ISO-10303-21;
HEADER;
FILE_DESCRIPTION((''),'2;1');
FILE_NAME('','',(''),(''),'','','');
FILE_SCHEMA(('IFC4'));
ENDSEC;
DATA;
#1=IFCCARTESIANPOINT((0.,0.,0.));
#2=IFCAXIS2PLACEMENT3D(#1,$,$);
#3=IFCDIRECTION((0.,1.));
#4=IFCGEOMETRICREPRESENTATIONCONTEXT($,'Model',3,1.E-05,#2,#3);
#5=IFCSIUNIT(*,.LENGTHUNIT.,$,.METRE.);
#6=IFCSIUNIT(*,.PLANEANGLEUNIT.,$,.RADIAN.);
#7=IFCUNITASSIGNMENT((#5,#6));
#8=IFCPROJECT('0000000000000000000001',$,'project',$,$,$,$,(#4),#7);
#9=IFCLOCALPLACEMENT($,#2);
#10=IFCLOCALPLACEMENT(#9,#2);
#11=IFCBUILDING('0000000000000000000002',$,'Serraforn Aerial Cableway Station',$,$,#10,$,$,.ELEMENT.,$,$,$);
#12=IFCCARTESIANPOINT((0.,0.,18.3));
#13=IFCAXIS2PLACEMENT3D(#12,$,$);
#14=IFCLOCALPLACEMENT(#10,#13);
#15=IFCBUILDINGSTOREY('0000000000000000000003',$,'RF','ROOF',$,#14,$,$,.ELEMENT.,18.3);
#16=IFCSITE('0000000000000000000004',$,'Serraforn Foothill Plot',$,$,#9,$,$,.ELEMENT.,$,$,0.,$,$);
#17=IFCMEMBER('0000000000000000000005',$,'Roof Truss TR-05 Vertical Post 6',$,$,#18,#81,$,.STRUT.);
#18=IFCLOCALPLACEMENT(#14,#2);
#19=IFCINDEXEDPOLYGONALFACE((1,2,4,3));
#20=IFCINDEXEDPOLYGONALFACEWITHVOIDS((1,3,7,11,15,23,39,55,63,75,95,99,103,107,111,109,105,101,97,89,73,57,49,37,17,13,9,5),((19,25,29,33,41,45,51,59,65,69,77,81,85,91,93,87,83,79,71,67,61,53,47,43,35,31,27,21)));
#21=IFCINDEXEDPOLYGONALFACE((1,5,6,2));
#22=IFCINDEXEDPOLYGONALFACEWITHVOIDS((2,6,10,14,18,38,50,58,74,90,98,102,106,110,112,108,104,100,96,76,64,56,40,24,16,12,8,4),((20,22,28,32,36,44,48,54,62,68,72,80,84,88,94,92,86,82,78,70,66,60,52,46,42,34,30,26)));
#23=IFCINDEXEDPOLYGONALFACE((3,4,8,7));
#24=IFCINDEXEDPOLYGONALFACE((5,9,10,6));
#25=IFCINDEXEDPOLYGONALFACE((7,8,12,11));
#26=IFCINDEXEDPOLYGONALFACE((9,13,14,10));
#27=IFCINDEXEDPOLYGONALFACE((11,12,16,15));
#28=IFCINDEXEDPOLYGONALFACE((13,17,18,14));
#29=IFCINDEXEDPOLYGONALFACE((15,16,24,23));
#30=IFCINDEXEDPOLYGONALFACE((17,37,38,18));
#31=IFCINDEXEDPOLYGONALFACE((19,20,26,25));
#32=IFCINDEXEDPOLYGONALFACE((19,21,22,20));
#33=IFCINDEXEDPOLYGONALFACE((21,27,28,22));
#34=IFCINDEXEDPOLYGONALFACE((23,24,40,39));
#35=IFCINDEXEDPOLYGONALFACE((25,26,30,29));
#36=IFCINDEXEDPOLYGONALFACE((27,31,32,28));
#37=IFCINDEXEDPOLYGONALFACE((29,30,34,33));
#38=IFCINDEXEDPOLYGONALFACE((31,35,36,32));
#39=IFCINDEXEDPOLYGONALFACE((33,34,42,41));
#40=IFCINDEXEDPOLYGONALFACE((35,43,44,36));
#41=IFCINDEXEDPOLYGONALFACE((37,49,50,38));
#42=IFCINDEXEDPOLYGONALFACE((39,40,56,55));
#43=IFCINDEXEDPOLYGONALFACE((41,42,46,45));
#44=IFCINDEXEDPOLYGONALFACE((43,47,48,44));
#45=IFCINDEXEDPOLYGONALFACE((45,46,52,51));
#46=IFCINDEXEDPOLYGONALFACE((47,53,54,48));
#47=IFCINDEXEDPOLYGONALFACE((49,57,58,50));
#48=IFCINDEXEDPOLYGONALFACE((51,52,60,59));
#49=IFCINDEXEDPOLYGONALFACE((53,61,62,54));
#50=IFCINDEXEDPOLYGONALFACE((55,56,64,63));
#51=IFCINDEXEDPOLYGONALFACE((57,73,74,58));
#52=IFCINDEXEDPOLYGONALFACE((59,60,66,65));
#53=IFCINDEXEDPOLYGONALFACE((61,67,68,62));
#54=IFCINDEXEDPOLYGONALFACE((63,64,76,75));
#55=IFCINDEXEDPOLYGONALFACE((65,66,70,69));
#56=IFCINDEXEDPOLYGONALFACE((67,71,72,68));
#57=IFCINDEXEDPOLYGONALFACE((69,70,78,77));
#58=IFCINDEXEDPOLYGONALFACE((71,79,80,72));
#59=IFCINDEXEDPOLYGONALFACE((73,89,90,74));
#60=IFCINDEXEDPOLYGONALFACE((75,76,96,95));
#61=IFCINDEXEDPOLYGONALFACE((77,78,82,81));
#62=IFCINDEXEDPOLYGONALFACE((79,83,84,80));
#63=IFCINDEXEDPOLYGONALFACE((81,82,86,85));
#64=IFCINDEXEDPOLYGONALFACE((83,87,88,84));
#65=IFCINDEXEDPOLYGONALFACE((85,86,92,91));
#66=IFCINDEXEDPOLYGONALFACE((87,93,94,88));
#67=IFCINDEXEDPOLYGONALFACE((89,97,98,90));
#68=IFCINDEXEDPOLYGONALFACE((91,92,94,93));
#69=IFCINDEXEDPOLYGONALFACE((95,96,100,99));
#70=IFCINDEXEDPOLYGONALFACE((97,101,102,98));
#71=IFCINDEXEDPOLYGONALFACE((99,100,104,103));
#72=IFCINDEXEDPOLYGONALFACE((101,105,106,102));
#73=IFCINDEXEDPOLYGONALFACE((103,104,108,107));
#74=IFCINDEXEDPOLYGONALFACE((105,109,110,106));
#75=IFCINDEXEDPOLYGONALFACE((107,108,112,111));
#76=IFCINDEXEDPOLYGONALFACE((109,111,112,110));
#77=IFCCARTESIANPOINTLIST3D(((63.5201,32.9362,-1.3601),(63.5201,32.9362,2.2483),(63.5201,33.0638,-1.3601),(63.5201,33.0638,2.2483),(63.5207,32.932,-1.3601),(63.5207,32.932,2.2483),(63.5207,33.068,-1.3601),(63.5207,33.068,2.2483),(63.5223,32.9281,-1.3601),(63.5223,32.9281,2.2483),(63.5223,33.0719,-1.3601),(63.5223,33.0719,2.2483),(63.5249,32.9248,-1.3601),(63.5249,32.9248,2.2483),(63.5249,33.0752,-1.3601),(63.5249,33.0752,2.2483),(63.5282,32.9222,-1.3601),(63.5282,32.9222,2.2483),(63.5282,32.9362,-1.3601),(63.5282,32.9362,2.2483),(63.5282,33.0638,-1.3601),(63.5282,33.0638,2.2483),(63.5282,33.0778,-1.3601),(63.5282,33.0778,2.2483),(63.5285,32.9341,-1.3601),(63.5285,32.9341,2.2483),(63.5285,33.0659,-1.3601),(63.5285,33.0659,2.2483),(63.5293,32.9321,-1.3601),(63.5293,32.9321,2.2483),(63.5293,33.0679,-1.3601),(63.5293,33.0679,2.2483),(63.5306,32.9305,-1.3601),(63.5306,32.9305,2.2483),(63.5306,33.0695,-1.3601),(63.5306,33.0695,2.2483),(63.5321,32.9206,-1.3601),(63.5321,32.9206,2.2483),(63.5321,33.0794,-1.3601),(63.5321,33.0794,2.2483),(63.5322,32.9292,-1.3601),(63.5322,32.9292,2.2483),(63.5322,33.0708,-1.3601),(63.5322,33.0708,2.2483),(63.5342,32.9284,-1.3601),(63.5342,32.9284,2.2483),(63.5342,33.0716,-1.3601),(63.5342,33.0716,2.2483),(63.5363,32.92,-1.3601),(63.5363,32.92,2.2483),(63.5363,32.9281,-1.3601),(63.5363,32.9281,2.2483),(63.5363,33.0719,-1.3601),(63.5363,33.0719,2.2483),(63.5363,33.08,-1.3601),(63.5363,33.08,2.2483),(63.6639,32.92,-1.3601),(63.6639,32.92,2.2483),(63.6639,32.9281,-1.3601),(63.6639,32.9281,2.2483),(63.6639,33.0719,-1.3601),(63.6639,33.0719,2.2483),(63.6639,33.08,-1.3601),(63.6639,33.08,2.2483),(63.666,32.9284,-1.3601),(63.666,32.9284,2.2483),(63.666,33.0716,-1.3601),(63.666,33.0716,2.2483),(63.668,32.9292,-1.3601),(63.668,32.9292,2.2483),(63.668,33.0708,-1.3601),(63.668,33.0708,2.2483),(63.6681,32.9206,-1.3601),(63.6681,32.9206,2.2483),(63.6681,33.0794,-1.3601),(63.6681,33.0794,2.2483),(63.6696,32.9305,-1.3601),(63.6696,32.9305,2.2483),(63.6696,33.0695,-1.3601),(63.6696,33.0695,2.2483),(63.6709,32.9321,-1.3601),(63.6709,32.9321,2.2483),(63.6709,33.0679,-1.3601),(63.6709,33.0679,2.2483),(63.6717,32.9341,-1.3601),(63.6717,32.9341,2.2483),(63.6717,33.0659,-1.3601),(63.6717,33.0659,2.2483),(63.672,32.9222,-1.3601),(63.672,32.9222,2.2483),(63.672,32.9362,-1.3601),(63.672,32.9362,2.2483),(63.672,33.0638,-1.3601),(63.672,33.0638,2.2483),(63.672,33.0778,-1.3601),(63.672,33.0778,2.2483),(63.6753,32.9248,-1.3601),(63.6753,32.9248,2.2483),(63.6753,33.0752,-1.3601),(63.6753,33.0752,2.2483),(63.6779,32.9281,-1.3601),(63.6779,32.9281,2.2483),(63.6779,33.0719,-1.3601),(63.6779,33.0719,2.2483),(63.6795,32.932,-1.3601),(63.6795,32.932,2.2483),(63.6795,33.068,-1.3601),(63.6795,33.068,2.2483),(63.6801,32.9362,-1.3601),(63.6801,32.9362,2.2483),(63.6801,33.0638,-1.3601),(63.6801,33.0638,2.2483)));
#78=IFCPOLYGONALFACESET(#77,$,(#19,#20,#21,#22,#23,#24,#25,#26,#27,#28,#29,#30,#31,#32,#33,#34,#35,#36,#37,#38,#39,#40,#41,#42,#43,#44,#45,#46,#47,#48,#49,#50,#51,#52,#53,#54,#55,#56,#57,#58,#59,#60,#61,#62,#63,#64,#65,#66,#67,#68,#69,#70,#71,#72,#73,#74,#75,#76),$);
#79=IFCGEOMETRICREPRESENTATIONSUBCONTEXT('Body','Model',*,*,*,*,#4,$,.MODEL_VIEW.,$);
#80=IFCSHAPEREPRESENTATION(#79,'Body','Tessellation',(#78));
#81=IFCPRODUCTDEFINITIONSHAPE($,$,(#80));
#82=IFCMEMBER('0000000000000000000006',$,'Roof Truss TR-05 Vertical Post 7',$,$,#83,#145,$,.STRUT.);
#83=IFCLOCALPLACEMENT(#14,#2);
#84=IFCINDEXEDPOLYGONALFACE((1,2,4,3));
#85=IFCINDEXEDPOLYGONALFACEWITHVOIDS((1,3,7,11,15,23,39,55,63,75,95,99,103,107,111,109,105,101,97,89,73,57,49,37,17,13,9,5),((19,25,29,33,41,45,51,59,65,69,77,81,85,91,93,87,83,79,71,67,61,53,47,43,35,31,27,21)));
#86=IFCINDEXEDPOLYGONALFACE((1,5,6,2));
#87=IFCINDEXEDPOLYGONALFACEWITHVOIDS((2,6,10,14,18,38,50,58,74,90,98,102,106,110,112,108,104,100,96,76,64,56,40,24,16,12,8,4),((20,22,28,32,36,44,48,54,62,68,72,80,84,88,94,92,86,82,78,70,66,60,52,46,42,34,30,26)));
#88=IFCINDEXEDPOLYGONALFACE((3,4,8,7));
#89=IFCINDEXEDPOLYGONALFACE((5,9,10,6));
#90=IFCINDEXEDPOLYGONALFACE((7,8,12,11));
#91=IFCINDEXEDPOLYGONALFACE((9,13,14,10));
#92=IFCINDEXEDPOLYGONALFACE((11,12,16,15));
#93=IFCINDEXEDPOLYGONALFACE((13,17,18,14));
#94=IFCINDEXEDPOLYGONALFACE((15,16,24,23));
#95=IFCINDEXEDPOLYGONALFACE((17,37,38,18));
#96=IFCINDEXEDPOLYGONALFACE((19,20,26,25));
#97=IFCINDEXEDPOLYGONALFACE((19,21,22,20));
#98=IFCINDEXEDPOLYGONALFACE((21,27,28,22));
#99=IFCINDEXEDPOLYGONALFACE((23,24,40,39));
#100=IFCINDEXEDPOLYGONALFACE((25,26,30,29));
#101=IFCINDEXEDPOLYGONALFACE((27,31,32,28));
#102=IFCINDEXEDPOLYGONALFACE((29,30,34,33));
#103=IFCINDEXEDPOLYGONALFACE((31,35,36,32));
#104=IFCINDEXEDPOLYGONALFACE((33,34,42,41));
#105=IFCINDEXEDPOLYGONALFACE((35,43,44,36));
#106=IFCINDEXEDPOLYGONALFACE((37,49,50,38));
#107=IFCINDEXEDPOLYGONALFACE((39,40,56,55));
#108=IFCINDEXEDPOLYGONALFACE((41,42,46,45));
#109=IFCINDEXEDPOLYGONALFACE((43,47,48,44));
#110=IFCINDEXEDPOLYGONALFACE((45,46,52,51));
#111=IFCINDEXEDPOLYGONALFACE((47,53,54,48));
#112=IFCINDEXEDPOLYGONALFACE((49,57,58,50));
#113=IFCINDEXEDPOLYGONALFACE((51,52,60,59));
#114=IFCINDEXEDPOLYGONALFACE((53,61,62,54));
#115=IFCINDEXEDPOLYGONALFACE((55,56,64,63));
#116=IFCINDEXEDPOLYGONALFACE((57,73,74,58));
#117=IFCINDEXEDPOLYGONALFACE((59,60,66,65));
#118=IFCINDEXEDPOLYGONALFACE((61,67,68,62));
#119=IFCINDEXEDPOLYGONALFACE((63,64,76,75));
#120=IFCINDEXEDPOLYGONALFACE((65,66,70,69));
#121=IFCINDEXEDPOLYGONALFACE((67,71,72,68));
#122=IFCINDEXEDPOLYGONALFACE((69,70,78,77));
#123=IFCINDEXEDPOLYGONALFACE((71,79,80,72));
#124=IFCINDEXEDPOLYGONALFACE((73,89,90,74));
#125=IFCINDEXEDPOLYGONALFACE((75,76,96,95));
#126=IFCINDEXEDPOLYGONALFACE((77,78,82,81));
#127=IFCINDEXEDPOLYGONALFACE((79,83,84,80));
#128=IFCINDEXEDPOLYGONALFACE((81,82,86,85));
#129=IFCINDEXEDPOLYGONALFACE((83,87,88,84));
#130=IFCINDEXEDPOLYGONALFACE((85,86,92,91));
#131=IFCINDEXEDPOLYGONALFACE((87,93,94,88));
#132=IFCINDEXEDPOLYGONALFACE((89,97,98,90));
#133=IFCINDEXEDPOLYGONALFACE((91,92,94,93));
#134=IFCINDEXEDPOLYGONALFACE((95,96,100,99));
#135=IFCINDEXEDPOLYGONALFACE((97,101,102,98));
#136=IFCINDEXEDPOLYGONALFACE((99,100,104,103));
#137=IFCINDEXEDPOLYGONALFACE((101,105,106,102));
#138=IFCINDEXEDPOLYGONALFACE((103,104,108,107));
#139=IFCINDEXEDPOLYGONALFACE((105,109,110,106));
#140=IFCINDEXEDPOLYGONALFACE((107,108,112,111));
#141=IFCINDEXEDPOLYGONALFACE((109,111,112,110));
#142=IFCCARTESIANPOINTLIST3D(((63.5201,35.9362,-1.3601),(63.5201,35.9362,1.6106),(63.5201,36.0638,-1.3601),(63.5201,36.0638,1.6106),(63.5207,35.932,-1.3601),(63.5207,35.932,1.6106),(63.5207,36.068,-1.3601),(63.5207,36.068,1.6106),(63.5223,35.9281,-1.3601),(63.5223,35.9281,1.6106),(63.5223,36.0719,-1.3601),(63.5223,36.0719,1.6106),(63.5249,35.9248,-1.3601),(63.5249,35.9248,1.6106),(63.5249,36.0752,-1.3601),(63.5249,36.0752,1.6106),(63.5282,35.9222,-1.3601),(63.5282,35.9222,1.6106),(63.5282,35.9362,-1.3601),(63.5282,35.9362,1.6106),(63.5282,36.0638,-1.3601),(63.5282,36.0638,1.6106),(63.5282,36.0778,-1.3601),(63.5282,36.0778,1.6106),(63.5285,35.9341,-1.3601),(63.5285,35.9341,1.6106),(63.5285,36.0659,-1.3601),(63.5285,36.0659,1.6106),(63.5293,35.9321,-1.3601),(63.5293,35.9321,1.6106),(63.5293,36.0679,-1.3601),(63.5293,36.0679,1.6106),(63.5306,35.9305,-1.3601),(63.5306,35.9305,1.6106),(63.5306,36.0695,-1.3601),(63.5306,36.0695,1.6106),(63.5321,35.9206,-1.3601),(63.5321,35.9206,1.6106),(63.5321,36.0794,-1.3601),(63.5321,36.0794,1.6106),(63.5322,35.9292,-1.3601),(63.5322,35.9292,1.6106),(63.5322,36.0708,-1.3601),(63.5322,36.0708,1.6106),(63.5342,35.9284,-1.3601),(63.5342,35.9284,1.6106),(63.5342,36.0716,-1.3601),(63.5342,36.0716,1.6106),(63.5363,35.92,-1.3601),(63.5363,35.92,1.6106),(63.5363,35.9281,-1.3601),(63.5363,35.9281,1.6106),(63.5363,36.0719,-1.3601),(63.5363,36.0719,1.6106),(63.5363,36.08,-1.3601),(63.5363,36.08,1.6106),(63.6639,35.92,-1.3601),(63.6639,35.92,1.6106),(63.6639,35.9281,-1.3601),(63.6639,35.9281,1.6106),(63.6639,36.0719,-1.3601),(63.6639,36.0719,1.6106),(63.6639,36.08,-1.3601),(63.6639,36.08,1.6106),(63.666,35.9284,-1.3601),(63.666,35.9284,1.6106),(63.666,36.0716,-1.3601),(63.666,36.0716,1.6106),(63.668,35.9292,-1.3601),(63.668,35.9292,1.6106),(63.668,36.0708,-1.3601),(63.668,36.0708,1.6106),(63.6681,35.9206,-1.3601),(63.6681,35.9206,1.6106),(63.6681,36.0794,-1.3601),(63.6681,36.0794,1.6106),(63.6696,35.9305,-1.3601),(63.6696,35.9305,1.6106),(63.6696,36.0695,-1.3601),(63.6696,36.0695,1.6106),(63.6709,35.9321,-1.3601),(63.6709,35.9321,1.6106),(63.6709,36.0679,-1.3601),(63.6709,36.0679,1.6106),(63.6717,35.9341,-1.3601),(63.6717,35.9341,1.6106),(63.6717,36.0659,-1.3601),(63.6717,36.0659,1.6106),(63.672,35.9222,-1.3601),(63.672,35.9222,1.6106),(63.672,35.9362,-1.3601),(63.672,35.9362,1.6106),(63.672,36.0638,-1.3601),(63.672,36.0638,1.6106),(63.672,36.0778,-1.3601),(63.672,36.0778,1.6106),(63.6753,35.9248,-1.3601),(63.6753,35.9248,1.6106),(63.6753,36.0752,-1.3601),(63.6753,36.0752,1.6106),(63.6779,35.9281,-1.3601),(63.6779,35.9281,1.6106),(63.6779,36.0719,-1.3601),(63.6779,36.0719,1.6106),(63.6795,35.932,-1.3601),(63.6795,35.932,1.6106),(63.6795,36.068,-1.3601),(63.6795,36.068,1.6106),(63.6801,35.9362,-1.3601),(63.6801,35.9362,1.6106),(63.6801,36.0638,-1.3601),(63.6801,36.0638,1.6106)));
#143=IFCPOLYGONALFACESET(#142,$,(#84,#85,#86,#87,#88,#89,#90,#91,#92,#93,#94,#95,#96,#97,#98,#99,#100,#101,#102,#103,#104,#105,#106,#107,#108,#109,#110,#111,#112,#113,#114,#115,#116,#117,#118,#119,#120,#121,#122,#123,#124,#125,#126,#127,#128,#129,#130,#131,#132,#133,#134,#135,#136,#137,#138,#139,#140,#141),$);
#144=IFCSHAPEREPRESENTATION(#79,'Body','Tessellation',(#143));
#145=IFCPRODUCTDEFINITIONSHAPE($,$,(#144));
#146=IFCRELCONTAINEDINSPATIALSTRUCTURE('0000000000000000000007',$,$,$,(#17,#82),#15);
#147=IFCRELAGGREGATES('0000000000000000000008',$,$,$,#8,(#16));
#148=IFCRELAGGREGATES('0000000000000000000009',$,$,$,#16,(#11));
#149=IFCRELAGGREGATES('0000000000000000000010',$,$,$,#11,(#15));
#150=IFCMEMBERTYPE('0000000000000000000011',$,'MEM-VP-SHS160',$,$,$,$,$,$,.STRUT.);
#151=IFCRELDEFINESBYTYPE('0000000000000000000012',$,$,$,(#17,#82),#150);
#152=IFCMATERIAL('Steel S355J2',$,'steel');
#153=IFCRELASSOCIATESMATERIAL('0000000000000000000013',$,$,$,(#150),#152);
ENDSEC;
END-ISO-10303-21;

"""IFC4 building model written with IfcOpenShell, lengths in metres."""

from ifc_helpers import new_model, si_unit, direction, frame, origin, origin_2d, place, context, subcontext, project, spatial, hollow_rectangle, extrude, material, material_profile, profile_set, type_object, element, save


model = new_model("IFC4")

# Units and contexts
model_context = context("Model", 3, precision=1e-05, world=origin(), true_north=direction((0.0, 1.0)))
body_context = subcontext(model_context, "Body", "Model", "MODEL_VIEW")
ifc_project = project(units=[si_unit("LENGTHUNIT", "METRE"), si_unit("PLANEANGLEUNIT", "RADIAN")], contexts=[model_context])

# Site, building, storey
site_placement = place(None, origin())
site = spatial("IfcSite", under=ifc_project, at=site_placement, Name="Serraforn Foothill Plot", CompositionType="ELEMENT", RefElevation=0.0)
building_placement = place(site_placement, origin())
building = spatial("IfcBuilding", under=site, at=building_placement, Name="Serraforn Aerial Cableway Station", CompositionType="ELEMENT")
storey_placement = place(building_placement, frame((0.0, 0.0, 18.3)))
storey = spatial("IfcBuildingStorey", under=building, at=storey_placement, Name="RF", Description="ROOF", CompositionType="ELEMENT", Elevation=18.3)

# Members
ifc_material_1 = material(Name="Steel S355J2", Category="steel")
ifc_material_profile_1 = material_profile(ifc_material_1, hollow_rectangle(XDim=0.1599, YDim=0.1599, WallThickness=0.0081, InnerFilletRadius=0.0081, OuterFilletRadius=0.0161, at=origin_2d()), Name="SHS 160x160x8.0")
ifc_profile_set_1 = profile_set([ifc_material_profile_1], Name="Steel S355J2")
member_type_1 = type_object("IfcMemberType", Name="MEM-VP-SHS160", PredefinedType="STRUT", material=ifc_profile_set_1)
member_1_placement = place(storey_placement, frame((63.6001, 33.0, -1.3601), z_axis=(0.0, 0.0, 1.0), x_axis=(1.0, 0.0, 0.0)))
element("IfcMember", 1, at=member_1_placement, inside=storey, type_object=member_type_1, Name="Roof Truss TR-05 Vertical Post 6", PredefinedType="STRUT", context=body_context, shape_type="SweptSolid", body=[
    extrude(hollow_rectangle(XDim=0.1599, YDim=0.1599, WallThickness=0.0081, InnerFilletRadius=0.0081, OuterFilletRadius=0.0161, at=origin_2d()), origin(), (0.0, 0.0, 1.0), 3.6084),
])
for number, where, z_axis, x_axis, name in (
    (2, (63.6001, 36.0, -1.3601), (0.0, 0.0, 1.0), (1.0, 0.0, 0.0), "Roof Truss TR-05 Vertical Post 7"),
):
    element("IfcMember", number, at=place(storey_placement, frame(where, z_axis=z_axis, x_axis=x_axis)), inside=storey, type_object=member_type_1, Name=name, PredefinedType="STRUT", context=body_context, shape_type="SweptSolid", body=[
        extrude(hollow_rectangle(XDim=0.1599, YDim=0.1599, WallThickness=0.0081, InnerFilletRadius=0.0081, OuterFilletRadius=0.0161, at=origin_2d()), origin(), (0.0, 0.0, 1.0), 2.9707),
    ])

save(model, "model.ifc")
